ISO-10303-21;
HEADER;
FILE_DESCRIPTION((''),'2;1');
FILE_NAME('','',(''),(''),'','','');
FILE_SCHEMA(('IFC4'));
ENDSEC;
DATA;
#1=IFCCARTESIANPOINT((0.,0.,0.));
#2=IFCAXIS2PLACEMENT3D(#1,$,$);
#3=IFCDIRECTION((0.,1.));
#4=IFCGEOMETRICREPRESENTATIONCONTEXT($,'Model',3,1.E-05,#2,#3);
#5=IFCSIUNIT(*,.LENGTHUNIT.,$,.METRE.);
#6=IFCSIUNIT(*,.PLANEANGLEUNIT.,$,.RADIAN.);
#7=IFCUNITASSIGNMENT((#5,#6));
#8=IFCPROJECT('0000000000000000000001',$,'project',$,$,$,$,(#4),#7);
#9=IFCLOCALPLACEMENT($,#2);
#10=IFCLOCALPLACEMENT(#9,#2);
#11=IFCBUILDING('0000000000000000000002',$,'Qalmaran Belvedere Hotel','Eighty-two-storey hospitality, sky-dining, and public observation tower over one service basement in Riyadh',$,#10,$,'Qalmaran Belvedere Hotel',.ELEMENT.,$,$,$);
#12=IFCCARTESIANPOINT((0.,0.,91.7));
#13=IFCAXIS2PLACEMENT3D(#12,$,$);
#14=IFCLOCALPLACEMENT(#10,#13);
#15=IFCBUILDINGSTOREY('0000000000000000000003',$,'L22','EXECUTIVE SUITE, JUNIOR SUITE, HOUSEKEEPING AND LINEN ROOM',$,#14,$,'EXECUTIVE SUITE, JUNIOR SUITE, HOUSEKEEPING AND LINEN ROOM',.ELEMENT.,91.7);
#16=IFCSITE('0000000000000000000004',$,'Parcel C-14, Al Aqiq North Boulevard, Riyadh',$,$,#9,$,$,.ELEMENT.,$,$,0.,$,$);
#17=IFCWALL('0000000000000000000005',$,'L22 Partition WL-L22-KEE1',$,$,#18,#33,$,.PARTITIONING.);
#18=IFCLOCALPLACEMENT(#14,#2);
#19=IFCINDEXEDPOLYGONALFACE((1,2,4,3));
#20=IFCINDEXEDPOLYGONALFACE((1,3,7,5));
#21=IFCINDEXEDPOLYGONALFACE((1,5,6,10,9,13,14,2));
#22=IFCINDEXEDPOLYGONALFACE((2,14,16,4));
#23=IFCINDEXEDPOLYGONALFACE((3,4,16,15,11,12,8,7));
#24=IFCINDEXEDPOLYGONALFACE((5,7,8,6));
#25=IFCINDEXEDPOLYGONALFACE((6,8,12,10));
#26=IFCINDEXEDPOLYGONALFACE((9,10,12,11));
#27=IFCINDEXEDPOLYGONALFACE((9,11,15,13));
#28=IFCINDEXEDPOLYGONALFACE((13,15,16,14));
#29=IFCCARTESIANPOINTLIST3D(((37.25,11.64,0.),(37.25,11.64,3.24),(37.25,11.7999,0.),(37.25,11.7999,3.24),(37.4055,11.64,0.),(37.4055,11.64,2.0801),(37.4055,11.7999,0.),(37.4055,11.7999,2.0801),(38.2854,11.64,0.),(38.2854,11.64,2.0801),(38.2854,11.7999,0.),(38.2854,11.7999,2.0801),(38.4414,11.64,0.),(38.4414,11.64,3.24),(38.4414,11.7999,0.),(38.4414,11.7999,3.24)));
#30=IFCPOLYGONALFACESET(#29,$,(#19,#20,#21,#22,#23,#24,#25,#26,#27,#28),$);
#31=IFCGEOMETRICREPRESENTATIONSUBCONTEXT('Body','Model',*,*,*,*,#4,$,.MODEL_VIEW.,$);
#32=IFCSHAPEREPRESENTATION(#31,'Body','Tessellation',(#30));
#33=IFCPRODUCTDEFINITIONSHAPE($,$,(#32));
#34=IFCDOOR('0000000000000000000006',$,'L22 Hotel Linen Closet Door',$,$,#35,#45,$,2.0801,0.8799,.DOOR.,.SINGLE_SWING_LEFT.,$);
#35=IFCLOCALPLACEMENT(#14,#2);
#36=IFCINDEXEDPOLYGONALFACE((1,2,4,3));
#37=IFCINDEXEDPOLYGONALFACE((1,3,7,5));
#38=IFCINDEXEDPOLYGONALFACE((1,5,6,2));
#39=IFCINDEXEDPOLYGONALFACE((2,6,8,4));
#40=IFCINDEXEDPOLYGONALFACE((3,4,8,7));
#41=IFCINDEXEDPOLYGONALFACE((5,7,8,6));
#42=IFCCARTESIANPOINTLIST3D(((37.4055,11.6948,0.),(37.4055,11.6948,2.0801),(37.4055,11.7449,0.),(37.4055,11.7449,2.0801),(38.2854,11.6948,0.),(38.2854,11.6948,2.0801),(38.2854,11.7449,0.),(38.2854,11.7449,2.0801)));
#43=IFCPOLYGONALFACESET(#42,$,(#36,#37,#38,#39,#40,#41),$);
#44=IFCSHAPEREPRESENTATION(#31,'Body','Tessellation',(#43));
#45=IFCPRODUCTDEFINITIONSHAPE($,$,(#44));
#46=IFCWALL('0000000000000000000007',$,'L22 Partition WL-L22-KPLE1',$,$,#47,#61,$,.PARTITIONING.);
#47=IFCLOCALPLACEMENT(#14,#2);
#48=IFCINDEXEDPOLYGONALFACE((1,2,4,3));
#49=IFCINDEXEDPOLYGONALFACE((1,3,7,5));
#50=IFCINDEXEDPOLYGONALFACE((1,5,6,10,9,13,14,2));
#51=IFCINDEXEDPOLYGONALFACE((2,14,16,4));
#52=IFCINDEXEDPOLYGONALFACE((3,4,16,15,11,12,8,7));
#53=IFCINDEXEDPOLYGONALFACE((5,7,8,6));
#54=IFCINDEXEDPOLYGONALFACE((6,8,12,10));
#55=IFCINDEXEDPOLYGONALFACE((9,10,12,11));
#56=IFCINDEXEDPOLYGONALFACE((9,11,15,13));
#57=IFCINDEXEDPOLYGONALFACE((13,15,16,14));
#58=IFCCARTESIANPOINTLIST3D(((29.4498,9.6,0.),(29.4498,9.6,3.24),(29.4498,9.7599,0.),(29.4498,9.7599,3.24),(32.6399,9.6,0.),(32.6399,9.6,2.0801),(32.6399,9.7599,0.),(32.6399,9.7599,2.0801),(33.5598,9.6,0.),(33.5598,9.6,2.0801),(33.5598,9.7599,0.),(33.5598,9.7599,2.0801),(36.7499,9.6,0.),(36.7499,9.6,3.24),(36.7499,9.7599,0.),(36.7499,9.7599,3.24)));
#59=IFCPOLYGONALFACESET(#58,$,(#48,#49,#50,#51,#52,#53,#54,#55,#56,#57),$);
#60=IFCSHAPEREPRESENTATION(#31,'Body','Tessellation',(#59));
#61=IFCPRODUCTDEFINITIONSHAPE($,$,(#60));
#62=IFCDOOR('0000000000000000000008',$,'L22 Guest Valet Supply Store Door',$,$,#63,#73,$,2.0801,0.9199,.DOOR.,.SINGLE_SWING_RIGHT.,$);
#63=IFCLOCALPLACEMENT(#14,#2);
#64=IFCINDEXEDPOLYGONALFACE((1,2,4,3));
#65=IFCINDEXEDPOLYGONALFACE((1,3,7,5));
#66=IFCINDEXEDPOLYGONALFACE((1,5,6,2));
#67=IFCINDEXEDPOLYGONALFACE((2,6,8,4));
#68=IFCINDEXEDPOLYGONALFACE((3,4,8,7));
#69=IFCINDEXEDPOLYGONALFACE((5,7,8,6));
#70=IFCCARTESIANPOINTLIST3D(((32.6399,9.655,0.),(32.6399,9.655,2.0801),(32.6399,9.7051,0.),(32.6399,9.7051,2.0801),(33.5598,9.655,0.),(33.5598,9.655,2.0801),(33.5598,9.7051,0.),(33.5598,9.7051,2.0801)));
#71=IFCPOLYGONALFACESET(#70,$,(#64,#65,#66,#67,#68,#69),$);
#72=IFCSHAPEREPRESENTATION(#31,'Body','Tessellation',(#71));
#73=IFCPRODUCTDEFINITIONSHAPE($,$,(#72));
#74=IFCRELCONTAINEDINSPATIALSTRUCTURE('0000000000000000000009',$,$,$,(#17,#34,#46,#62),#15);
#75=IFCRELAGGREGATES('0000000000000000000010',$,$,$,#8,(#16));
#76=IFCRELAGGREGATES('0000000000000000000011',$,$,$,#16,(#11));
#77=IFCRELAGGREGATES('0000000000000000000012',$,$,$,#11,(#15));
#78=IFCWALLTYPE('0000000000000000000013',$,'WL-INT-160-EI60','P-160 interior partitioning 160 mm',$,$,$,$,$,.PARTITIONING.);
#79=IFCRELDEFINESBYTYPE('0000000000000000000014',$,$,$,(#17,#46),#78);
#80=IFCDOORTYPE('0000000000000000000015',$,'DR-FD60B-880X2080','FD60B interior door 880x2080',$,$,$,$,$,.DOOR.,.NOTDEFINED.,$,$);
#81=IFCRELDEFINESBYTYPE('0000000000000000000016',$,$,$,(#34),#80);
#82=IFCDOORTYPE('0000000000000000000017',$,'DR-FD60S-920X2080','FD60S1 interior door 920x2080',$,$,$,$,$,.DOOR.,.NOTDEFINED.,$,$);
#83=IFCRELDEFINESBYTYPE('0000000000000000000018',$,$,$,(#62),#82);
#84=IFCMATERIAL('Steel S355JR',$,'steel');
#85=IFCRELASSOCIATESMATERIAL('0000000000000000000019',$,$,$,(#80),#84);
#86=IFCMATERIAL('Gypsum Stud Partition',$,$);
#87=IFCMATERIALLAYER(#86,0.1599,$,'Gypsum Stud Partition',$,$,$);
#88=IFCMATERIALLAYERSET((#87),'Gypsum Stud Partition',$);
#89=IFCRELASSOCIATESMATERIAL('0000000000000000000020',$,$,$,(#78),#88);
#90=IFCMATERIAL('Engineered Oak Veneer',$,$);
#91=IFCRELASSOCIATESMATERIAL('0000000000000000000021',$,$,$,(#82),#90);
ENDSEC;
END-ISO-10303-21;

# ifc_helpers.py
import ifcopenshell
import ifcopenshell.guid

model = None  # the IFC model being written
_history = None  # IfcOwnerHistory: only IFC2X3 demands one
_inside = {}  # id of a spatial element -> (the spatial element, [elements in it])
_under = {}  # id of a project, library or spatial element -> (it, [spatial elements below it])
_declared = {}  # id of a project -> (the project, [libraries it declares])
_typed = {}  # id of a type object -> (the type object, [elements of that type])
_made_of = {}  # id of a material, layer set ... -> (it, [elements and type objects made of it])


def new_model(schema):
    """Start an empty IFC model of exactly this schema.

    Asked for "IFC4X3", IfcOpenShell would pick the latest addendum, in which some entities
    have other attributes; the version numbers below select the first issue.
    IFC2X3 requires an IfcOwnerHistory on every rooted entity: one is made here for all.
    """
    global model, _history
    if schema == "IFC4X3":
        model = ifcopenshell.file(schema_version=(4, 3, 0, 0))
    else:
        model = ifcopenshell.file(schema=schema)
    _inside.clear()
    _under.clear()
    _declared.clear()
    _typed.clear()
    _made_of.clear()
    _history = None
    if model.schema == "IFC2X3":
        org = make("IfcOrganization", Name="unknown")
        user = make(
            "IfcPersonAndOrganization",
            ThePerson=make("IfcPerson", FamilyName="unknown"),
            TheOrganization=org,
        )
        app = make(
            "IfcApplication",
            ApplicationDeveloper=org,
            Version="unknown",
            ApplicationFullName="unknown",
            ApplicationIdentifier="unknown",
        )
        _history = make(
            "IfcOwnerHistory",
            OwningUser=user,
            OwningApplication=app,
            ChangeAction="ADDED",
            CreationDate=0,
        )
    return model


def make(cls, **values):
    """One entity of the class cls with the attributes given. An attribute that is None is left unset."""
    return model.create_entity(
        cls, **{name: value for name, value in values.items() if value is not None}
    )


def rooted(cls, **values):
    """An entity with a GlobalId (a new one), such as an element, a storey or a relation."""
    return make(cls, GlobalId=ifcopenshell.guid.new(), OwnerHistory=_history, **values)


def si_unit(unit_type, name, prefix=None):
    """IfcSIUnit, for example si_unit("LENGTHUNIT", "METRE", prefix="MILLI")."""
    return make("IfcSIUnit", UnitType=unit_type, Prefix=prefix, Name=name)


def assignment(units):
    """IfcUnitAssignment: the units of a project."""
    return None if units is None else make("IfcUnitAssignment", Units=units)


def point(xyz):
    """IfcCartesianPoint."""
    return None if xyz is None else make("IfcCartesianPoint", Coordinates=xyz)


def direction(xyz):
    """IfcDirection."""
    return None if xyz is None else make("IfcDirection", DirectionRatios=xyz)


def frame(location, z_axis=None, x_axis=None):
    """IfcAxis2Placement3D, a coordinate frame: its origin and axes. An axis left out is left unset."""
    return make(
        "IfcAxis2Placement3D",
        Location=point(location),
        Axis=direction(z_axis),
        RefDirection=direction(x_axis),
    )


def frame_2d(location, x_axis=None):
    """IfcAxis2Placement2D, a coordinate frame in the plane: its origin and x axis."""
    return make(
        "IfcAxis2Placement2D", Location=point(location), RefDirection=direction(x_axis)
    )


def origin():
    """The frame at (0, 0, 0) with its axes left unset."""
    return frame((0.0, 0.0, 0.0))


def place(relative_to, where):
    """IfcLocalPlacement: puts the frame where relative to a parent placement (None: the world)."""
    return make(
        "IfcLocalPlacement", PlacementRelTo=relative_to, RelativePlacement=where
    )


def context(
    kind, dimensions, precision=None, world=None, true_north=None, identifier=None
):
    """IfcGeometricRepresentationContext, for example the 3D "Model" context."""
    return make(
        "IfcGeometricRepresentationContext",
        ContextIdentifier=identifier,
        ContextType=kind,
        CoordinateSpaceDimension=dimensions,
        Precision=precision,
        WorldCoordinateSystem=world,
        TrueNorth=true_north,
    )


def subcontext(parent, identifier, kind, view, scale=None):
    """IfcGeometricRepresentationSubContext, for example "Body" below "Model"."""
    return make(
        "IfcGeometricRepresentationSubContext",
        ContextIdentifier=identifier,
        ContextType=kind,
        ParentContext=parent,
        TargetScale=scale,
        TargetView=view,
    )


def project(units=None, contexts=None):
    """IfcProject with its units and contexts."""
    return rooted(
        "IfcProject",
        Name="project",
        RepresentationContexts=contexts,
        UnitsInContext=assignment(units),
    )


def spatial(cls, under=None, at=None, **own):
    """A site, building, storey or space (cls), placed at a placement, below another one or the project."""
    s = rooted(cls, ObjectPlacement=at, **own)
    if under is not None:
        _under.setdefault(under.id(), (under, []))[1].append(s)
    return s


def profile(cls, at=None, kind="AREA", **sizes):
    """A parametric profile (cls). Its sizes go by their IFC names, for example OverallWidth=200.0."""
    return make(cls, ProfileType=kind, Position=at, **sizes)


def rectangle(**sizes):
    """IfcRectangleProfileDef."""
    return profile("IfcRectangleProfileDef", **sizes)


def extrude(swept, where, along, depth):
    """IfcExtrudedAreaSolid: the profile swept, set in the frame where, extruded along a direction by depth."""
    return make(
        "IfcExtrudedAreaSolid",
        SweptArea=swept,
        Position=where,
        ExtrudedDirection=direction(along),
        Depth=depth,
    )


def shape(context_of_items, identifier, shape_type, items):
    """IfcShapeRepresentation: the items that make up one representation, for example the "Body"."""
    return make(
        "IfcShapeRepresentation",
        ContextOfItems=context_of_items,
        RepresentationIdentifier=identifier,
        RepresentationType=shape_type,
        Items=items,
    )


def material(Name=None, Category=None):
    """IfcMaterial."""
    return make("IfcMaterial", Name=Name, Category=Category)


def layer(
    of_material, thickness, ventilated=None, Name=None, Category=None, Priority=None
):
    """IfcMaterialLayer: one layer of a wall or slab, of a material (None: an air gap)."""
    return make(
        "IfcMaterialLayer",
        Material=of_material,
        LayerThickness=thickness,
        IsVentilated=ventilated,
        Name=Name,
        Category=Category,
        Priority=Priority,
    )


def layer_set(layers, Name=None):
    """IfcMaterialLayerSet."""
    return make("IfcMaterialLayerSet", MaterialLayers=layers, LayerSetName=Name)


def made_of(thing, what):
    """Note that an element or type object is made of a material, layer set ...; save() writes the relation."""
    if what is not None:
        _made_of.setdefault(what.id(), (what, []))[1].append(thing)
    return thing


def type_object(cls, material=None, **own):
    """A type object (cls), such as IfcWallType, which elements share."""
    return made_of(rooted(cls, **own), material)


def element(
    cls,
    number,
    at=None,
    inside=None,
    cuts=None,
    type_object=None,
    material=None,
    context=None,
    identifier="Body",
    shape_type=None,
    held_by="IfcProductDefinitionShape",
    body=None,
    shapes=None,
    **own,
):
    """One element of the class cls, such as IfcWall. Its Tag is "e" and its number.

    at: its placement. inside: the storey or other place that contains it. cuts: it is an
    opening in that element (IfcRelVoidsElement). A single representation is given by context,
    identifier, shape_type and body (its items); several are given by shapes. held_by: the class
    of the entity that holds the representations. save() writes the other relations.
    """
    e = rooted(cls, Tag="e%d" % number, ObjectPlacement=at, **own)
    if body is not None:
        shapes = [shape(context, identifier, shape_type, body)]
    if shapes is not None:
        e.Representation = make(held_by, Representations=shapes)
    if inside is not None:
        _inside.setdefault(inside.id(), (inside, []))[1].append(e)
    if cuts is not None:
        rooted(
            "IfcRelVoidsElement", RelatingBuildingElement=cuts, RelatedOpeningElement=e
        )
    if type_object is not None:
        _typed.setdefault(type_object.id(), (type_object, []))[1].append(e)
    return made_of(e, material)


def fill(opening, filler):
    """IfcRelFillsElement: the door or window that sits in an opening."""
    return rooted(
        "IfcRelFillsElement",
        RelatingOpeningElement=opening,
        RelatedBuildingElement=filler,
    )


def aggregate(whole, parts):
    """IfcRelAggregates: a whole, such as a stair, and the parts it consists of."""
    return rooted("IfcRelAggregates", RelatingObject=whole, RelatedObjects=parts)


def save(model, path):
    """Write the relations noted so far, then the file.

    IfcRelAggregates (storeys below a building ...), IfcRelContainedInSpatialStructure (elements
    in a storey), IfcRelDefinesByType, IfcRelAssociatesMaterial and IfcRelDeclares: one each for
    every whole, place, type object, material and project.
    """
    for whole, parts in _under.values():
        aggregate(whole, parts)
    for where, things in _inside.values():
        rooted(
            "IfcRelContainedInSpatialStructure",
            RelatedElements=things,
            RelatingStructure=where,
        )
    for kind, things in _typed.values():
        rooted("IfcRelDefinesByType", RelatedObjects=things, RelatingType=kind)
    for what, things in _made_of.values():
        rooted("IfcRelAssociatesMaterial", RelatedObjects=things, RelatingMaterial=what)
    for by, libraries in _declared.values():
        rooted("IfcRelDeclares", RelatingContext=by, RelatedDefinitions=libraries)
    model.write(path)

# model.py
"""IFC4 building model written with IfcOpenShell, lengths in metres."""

from ifc_helpers import new_model, si_unit, direction, frame, frame_2d, origin, place, context, subcontext, project, spatial, rectangle, extrude, material, layer, layer_set, type_object, element, fill, save


model = new_model("IFC4")

# Units and contexts
model_context = context("Model", 3, precision=1e-05, world=origin(), true_north=direction((0.0, 1.0)))
body_context = subcontext(model_context, "Body", "Model", "MODEL_VIEW")
ifc_project = project(units=[si_unit("LENGTHUNIT", "METRE"), si_unit("PLANEANGLEUNIT", "RADIAN")], contexts=[model_context])

# Site, building, storey
site_placement = place(None, origin())
site = spatial("IfcSite", under=ifc_project, at=site_placement, Name="Parcel C-14, Al Aqiq North Boulevard, Riyadh", CompositionType="ELEMENT", RefElevation=0.0)
building_placement = place(site_placement, origin())
building = spatial("IfcBuilding", under=site, at=building_placement, Name="Qalmaran Belvedere Hotel", Description="Eighty-two-storey hospitality, sky-dining, and public observation tower over one service basement in Riyadh", LongName="Qalmaran Belvedere Hotel", CompositionType="ELEMENT")
storey_placement = place(building_placement, frame((0.0, 0.0, 91.7)))
storey = spatial("IfcBuildingStorey", under=building, at=storey_placement, Name="L22", Description="EXECUTIVE SUITE, JUNIOR SUITE, HOUSEKEEPING AND LINEN ROOM", LongName="EXECUTIVE SUITE, JUNIOR SUITE, HOUSEKEEPING AND LINEN ROOM", CompositionType="ELEMENT", Elevation=91.7)

# Shared definitions
ifc_material_1 = material(Name="Steel S355JR", Category="steel")

# Shared definitions
ifc_material_2 = material(Name="Gypsum Stud Partition")

# Shared definitions
door_type_1 = type_object("IfcDoorType", Name="DR-FD60B-880X2080", Description="FD60B interior door 880x2080", OperationType="NOTDEFINED", PredefinedType="DOOR", material=ifc_material_1)

# Walls, openings, doors
ifc_layer_1 = layer(ifc_material_2, 0.1599, Name="Gypsum Stud Partition")
ifc_layer_set_1 = layer_set([ifc_layer_1], Name="Gypsum Stud Partition")
wall_type_1 = type_object("IfcWallType", Name="WL-INT-160-EI60", Description="P-160 interior partitioning 160 mm", PredefinedType="PARTITIONING", material=ifc_layer_set_1)
wall_1_placement = place(storey_placement, frame((37.25, 11.72, 0.0), z_axis=(0.0, 0.0, 1.0), x_axis=(1.0, 0.0, 0.0)))
wall_1 = element("IfcWall", 1, at=wall_1_placement, inside=storey, type_object=wall_type_1, Name="L22 Partition WL-L22-KEE1", PredefinedType="PARTITIONING", context=body_context, shape_type="SweptSolid", body=[
    extrude(rectangle(XDim=1.1914, YDim=0.1599, at=frame_2d((0.5957, 0.0))), origin(), (0.0, 0.0, 1.0), 3.24),
])
opening_1_placement = place(wall_1_placement, frame((0.1555, 0.0, 0.0)))
opening_1 = element("IfcOpeningElement", 2, at=opening_1_placement, cuts=wall_1, PredefinedType="OPENING", context=body_context, shape_type="SweptSolid", body=[
    extrude(rectangle(XDim=0.8799, YDim=2.0801, at=frame_2d((0.4399, 1.04))), frame((0.0, 0.0898, 0.0), z_axis=(0.0, -1.0, 0.0), x_axis=(1.0, 0.0, 0.0)), (0.0, 0.0, 1.0), 0.1799),
])
door_1_placement = place(opening_1_placement, origin())
door_1 = element("IfcDoor", 3, at=door_1_placement, inside=storey, type_object=door_type_1, Name="L22 Hotel Linen Closet Door", OperationType="SINGLE_SWING_LEFT", OverallHeight=2.0801, OverallWidth=0.8799, PredefinedType="DOOR", context=body_context, shape_type="SweptSolid", body=[
    extrude(rectangle(XDim=0.8799, YDim=2.0801, at=frame_2d((0.4399, 1.04))), frame((0.0, 0.0249, 0.0), z_axis=(0.0, -1.0, 0.0), x_axis=(1.0, 0.0, 0.0)), (0.0, 0.0, 1.0), 0.05),
])
fill(opening_1, door_1)
wall_2_placement = place(storey_placement, frame((29.45, 9.6799, 0.0), z_axis=(0.0, 0.0, 1.0), x_axis=(1.0, 0.0, 0.0)))
wall_2 = element("IfcWall", 4, at=wall_2_placement, inside=storey, type_object=wall_type_1, Name="L22 Partition WL-L22-KPLE1", PredefinedType="PARTITIONING", context=body_context, shape_type="SweptSolid", body=[
    extrude(rectangle(XDim=7.3, YDim=0.1599, at=frame_2d((3.6499, 0.0))), origin(), (0.0, 0.0, 1.0), 3.24),
])
opening_2_placement = place(wall_2_placement, frame((4.1099, 0.0, 0.0), z_axis=(0.0, 0.0, 1.0), x_axis=(-1.0, 0.0, 0.0)))
opening_2 = element("IfcOpeningElement", 5, at=opening_2_placement, cuts=wall_2, PredefinedType="OPENING", context=body_context, shape_type="SweptSolid", body=[
    extrude(rectangle(XDim=0.9199, YDim=2.0801, at=frame_2d((0.46, 1.04))), frame((0.0, 0.0898, 0.0), z_axis=(0.0, -1.0, 0.0), x_axis=(1.0, 0.0, 0.0)), (0.0, 0.0, 1.0), 0.1799),
])
ifc_material_3 = material(Name="Engineered Oak Veneer")
door_type_2 = type_object("IfcDoorType", Name="DR-FD60S-920X2080", Description="FD60S1 interior door 920x2080", OperationType="NOTDEFINED", PredefinedType="DOOR", material=ifc_material_3)
door_2_placement = place(opening_2_placement, origin())
door_2 = element("IfcDoor", 6, at=door_2_placement, inside=storey, type_object=door_type_2, Name="L22 Guest Valet Supply Store Door", OperationType="SINGLE_SWING_RIGHT", OverallHeight=2.0801, OverallWidth=0.9199, PredefinedType="DOOR", context=body_context, shape_type="SweptSolid", body=[
    extrude(rectangle(XDim=0.9199, YDim=2.0801, at=frame_2d((0.46, 1.04))), frame((0.0, 0.0249, 0.0), z_axis=(0.0, -1.0, 0.0), x_axis=(1.0, 0.0, 0.0)), (0.0, 0.0, 1.0), 0.05),
])
fill(opening_2, door_2)

save(model, "model.ifc")
